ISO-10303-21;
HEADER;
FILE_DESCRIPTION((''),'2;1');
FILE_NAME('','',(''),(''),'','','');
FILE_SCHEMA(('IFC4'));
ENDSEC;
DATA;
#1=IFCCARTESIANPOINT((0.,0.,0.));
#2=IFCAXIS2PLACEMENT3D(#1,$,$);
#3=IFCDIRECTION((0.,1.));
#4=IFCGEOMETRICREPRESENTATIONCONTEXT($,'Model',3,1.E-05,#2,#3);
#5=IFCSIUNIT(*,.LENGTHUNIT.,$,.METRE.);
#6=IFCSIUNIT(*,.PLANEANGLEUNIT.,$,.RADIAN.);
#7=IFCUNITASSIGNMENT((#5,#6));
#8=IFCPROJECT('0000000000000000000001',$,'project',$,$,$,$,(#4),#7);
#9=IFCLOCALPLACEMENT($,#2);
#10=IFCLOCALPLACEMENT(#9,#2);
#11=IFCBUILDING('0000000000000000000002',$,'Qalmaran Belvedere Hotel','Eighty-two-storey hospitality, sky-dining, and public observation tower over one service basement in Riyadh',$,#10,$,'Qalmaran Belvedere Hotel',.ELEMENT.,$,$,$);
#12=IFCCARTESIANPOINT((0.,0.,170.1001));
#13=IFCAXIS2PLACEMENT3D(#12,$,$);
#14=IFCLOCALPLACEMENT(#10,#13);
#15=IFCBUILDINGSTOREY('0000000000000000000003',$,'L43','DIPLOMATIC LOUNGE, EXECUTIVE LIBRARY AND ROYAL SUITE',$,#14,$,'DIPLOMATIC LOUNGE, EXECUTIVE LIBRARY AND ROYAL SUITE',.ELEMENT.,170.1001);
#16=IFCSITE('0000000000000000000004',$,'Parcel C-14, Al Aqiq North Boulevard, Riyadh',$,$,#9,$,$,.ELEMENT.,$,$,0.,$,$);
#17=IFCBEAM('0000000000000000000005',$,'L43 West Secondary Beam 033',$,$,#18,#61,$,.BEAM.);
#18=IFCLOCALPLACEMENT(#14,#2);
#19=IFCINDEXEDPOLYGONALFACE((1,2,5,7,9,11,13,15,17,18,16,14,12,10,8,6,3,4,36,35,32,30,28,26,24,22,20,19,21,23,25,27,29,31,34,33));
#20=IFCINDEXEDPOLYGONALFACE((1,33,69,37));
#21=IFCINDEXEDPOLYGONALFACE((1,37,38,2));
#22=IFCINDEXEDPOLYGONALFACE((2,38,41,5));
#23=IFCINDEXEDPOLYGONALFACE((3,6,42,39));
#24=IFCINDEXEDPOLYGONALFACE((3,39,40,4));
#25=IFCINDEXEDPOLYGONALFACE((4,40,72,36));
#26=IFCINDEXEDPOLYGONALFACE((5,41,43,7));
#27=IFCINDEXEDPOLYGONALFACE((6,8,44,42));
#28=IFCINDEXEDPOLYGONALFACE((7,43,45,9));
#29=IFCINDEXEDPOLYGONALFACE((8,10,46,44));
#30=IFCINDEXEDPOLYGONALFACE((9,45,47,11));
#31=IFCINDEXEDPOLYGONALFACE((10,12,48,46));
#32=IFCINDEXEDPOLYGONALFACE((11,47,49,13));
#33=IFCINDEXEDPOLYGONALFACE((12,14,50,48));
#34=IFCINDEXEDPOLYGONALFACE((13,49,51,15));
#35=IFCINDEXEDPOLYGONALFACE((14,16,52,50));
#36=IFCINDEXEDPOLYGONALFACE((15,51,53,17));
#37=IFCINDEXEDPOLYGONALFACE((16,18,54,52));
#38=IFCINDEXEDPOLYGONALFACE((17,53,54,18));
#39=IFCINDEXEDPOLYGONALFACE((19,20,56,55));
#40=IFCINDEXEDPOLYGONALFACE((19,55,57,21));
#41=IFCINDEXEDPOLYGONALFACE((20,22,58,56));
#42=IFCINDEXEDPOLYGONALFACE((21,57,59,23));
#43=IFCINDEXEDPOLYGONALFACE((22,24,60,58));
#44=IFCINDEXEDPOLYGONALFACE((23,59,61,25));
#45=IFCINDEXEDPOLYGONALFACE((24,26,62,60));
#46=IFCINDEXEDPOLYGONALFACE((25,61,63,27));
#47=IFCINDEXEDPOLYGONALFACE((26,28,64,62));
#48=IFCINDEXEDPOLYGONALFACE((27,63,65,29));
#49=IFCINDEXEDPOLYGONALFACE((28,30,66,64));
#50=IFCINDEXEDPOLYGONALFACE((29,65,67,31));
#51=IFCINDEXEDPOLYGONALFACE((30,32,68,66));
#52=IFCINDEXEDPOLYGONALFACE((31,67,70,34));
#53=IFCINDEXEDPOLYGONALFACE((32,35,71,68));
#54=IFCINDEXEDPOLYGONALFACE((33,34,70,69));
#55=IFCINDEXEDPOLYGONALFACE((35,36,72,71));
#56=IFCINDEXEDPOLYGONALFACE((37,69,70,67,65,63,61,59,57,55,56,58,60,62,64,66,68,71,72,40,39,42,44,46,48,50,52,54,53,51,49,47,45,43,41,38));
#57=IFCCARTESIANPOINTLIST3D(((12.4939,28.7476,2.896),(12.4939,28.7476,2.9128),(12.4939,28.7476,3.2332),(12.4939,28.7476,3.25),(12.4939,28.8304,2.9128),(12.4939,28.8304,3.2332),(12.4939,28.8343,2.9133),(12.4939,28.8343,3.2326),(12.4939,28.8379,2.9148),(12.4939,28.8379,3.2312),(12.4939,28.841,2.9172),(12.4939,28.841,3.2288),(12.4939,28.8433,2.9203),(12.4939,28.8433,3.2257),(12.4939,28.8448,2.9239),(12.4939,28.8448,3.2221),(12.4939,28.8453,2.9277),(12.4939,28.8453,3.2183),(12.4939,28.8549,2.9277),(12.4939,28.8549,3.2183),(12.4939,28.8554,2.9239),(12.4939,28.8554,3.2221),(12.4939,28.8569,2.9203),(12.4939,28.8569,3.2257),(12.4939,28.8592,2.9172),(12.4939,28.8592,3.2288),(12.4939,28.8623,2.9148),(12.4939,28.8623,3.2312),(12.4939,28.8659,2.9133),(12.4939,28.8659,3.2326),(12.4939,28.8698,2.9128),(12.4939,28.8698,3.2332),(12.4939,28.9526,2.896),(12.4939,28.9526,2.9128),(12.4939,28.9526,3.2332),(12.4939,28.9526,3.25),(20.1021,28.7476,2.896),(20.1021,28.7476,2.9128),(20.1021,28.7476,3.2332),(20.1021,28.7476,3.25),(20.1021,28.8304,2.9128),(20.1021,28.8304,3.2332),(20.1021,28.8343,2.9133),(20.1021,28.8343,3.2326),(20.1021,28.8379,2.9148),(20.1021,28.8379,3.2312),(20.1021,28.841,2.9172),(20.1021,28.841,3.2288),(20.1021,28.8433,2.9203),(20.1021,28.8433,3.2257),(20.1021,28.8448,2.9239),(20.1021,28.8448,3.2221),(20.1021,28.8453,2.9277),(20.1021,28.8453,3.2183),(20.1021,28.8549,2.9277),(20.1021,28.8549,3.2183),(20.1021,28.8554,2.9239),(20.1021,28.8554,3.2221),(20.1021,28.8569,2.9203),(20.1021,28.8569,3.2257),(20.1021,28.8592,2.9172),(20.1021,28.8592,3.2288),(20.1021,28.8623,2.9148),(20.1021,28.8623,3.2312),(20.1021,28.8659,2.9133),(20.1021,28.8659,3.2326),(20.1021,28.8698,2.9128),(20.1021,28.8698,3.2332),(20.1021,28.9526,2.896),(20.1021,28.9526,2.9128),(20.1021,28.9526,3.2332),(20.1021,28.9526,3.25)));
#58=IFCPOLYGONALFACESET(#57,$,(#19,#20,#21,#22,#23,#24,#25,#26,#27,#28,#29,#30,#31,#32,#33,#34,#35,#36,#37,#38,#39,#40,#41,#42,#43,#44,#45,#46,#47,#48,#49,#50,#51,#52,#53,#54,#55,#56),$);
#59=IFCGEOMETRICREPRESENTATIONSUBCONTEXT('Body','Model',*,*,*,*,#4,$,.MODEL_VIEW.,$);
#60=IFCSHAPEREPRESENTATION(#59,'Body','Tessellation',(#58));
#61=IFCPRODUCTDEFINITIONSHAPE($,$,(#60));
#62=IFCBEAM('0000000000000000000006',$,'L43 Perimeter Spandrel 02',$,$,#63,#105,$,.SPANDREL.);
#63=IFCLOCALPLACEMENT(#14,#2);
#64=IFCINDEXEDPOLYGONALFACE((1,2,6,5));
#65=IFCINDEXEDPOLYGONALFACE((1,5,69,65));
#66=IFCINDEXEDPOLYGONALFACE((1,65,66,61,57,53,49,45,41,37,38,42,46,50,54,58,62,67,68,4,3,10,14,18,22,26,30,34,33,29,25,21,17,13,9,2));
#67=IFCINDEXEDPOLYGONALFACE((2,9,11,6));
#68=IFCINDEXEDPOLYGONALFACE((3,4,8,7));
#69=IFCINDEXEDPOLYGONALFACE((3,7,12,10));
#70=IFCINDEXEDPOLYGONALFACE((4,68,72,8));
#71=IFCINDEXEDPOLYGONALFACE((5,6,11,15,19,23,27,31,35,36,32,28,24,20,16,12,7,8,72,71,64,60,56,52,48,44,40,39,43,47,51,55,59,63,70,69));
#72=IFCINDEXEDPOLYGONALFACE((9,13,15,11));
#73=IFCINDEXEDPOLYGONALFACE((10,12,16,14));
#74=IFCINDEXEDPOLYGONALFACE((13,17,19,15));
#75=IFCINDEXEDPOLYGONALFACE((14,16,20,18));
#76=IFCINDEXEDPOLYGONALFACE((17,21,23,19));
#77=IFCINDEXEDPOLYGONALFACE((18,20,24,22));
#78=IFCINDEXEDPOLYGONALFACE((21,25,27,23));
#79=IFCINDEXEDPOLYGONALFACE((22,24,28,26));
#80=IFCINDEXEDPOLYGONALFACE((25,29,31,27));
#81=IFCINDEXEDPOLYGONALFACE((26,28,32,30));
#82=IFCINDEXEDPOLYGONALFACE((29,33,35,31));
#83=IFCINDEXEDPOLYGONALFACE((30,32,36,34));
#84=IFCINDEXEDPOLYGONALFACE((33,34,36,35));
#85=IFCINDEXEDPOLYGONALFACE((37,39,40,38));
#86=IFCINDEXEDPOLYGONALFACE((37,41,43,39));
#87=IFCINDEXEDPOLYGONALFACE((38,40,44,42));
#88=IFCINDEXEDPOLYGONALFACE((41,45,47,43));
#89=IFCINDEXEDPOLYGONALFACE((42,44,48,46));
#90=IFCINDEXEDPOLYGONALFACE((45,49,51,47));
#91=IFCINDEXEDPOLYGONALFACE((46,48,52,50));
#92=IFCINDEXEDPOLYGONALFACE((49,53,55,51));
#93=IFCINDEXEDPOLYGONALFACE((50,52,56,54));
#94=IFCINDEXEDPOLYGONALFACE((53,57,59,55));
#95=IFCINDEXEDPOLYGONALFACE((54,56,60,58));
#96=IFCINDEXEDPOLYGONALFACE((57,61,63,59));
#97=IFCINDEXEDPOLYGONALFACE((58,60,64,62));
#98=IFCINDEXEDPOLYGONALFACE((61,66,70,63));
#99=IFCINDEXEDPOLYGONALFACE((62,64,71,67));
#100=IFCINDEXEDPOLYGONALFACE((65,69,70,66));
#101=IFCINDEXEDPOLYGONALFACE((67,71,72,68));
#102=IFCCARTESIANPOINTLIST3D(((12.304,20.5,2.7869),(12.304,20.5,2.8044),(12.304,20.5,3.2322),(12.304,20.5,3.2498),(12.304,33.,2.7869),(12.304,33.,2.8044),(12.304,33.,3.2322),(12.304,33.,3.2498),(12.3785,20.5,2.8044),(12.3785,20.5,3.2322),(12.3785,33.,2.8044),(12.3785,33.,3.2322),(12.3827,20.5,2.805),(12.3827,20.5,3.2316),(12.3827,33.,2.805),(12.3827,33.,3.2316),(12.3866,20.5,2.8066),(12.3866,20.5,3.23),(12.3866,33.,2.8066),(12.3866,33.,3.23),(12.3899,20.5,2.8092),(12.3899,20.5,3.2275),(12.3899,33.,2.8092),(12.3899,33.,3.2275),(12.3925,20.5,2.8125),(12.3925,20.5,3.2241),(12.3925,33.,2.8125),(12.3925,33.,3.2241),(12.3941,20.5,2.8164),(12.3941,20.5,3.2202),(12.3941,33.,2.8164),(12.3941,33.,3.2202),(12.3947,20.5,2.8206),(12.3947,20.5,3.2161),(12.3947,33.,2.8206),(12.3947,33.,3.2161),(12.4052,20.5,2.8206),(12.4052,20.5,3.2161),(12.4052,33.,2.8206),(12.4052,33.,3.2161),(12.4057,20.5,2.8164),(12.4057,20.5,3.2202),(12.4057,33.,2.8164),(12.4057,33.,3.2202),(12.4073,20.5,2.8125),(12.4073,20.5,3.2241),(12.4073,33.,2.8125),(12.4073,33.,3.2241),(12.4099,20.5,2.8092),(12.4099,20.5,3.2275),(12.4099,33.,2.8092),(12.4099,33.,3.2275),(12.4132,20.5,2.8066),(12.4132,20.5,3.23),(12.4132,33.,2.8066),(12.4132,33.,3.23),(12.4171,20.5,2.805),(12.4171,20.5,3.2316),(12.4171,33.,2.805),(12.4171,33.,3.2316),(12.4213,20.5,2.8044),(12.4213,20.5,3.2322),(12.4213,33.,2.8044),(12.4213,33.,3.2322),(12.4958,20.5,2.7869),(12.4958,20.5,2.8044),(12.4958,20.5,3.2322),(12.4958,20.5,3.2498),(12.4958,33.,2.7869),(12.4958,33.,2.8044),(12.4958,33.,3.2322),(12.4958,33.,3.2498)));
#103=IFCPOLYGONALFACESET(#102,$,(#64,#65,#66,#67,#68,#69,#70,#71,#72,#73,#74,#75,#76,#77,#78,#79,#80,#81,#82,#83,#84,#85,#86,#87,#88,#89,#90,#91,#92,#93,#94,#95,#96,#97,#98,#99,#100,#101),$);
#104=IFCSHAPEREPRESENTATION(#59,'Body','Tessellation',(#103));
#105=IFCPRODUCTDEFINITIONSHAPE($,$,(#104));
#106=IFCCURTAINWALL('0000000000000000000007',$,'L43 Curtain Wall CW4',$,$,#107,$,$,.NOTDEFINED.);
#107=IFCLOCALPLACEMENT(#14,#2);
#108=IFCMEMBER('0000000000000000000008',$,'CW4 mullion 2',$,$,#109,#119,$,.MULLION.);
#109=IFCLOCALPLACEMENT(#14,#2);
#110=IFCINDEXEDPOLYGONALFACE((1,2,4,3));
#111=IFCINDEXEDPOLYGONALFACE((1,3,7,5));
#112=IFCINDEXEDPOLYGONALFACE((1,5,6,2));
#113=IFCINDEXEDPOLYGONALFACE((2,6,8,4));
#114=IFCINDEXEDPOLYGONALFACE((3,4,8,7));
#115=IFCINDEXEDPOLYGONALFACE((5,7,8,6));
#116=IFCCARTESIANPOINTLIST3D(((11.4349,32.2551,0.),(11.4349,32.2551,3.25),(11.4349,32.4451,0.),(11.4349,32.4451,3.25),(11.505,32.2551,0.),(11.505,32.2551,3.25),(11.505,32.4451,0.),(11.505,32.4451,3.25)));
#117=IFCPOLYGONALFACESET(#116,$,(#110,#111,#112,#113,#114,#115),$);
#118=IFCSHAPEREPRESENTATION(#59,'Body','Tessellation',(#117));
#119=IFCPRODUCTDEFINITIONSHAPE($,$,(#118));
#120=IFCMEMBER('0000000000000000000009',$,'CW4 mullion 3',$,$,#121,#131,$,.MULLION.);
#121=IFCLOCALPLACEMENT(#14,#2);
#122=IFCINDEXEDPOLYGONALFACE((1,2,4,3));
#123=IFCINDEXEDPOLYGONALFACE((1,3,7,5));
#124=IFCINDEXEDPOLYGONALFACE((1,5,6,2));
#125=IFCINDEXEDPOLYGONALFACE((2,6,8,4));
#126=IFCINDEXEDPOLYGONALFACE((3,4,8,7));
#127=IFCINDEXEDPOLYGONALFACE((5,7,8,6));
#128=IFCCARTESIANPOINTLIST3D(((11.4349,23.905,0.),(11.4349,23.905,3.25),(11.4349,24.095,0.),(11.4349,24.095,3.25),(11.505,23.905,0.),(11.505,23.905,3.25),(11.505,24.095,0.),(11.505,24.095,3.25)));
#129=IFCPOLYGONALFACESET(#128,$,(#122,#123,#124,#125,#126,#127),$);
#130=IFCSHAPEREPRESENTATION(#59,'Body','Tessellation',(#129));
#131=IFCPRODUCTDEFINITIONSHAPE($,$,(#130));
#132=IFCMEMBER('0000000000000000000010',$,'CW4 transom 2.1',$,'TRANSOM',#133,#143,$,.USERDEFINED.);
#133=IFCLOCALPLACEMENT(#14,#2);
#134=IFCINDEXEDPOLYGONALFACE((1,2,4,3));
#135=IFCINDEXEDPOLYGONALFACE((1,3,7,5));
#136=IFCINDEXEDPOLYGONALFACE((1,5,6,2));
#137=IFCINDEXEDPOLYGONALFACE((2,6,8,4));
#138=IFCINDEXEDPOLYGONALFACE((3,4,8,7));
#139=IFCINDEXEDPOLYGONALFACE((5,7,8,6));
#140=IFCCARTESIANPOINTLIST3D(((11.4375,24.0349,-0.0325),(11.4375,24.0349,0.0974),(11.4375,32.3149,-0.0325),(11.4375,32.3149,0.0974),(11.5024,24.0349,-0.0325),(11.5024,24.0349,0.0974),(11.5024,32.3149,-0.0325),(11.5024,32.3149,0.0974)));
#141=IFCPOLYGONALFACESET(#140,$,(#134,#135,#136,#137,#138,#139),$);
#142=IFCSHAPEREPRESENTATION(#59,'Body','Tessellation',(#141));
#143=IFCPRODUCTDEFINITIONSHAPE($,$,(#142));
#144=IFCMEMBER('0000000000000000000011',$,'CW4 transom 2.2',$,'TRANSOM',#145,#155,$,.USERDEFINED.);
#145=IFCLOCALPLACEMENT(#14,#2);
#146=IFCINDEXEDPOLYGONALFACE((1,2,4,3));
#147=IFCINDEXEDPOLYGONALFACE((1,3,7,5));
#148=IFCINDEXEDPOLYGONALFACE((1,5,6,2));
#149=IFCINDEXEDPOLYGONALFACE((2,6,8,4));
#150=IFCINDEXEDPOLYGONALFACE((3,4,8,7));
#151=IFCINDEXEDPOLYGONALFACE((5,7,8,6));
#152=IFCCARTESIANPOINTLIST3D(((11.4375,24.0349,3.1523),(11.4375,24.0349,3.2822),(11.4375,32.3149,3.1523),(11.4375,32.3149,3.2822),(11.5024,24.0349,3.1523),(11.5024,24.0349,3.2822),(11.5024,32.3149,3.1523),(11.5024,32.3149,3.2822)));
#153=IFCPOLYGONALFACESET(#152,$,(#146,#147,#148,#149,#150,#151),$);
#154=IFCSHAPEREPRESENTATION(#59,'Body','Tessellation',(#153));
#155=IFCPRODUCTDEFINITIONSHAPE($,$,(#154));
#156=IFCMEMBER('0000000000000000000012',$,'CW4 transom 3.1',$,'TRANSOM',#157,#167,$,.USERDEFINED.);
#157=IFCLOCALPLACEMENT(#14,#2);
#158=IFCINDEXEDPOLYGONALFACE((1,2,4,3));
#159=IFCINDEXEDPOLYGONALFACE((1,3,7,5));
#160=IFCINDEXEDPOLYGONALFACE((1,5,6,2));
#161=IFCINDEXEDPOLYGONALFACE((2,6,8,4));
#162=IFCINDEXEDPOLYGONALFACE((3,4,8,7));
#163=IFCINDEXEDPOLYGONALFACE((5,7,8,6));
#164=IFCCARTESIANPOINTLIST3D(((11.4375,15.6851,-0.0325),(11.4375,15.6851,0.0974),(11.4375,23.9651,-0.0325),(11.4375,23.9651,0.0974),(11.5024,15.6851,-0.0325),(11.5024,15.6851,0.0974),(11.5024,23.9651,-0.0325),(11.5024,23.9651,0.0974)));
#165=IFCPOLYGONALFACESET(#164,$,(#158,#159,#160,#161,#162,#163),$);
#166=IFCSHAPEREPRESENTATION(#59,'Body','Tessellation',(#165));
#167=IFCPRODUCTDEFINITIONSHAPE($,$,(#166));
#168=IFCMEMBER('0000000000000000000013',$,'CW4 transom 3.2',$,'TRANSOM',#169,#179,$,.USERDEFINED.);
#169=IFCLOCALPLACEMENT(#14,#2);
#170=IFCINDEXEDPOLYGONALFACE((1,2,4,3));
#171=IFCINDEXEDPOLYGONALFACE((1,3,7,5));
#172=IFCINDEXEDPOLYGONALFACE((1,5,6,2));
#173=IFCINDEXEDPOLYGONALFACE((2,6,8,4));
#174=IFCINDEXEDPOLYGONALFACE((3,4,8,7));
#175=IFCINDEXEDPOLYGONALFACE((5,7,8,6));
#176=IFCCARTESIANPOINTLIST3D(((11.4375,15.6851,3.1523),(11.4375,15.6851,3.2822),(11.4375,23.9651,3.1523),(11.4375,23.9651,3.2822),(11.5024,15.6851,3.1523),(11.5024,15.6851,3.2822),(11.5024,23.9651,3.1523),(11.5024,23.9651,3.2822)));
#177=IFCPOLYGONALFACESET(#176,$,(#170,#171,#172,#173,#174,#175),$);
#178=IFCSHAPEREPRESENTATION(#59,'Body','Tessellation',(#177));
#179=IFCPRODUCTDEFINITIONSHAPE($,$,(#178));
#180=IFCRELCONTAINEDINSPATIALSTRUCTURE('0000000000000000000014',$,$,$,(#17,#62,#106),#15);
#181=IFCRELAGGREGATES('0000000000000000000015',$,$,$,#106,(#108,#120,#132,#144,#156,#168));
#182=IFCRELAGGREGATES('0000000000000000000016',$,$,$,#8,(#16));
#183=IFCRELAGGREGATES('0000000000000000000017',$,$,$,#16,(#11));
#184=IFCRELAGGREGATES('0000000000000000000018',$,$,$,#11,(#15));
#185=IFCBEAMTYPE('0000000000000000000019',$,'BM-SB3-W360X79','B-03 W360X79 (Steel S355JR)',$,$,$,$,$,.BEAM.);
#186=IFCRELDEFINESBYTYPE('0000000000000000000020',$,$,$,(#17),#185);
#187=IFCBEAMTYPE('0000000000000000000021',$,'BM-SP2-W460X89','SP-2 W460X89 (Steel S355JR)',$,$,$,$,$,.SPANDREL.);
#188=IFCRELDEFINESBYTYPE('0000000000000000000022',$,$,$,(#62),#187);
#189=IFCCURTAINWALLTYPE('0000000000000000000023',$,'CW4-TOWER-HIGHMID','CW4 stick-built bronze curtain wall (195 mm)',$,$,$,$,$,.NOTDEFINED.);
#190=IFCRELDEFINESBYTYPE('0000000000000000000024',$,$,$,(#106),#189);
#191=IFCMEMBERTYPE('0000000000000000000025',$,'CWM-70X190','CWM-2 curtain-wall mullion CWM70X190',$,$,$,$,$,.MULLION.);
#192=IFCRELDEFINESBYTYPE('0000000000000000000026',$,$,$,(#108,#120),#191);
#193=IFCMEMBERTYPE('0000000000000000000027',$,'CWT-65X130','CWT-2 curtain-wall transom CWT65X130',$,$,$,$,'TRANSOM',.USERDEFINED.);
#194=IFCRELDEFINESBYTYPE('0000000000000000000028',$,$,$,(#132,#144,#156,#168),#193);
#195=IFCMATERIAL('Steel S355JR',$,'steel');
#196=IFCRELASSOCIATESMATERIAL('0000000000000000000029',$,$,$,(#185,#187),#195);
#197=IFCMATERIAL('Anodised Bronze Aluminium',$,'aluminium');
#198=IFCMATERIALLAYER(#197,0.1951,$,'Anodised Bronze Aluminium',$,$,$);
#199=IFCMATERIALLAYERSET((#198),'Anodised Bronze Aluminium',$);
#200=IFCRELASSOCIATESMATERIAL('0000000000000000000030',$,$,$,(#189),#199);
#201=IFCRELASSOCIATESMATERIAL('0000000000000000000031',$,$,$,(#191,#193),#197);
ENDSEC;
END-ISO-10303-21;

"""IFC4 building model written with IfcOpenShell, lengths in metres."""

from ifc_helpers import new_model, si_unit, direction, frame, origin, origin_2d, place, context, subcontext, project, spatial, rectangle, i_section, extrude, material, layer, layer_set, material_profile, profile_set, type_object, element, aggregate, save


model = new_model("IFC4")

# Units and contexts
model_context = context("Model", 3, precision=1e-05, world=origin(), true_north=direction((0.0, 1.0)))
body_context = subcontext(model_context, "Body", "Model", "MODEL_VIEW")
ifc_project = project(units=[si_unit("LENGTHUNIT", "METRE"), si_unit("PLANEANGLEUNIT", "RADIAN")], contexts=[model_context])

# Site, building, storey
site_placement = place(None, origin())
site = spatial("IfcSite", under=ifc_project, at=site_placement, Name="Parcel C-14, Al Aqiq North Boulevard, Riyadh", CompositionType="ELEMENT", RefElevation=0.0)
building_placement = place(site_placement, origin())
building = spatial("IfcBuilding", under=site, at=building_placement, Name="Qalmaran Belvedere Hotel", Description="Eighty-two-storey hospitality, sky-dining, and public observation tower over one service basement in Riyadh", LongName="Qalmaran Belvedere Hotel", CompositionType="ELEMENT")
storey_placement = place(building_placement, frame((0.0, 0.0, 170.1001)))
storey = spatial("IfcBuildingStorey", under=building, at=storey_placement, Name="L43", Description="DIPLOMATIC LOUNGE, EXECUTIVE LIBRARY AND ROYAL SUITE", LongName="DIPLOMATIC LOUNGE, EXECUTIVE LIBRARY AND ROYAL SUITE", CompositionType="ELEMENT", Elevation=170.1001)

# Beams
ifc_material_1 = material(Name="Steel S355JR", Category="steel")
ifc_material_profile_1 = material_profile(ifc_material_1, i_section(OverallWidth=0.2051, OverallDepth=0.354, WebThickness=0.0095, FlangeThickness=0.0168, FilletRadius=0.0149, at=origin_2d()), Name="W360X79")
ifc_profile_set_1 = profile_set([ifc_material_profile_1], Name="Steel S355JR")
beam_type_1 = type_object("IfcBeamType", Name="BM-SB3-W360X79", Description="B-03 W360X79 (Steel S355JR)", PredefinedType="BEAM", material=ifc_profile_set_1)
for number, where, z_axis, x_axis, name in (
    (1, (12.4939, 28.8501, 3.073), (1.0, 0.0, 0.0), (0.0, 1.0, 0.0), "L43 West Secondary Beam 033"),
):
    element("IfcBeam", number, at=place(storey_placement, frame(where, z_axis=z_axis, x_axis=x_axis)), inside=storey, type_object=beam_type_1, Name=name, PredefinedType="BEAM", context=body_context, shape_type="SweptSolid", body=[
        extrude(i_section(OverallWidth=0.2051, OverallDepth=0.354, WebThickness=0.0095, FlangeThickness=0.0168, FilletRadius=0.0149, at=origin_2d()), origin(), (0.0, 0.0, 1.0), 7.6082),
    ])
ifc_material_profile_2 = material_profile(ifc_material_1, i_section(OverallWidth=0.1919, OverallDepth=0.4629, WebThickness=0.0105, FlangeThickness=0.0176, FilletRadius=0.0161, at=origin_2d()), Name="W460X89")
ifc_profile_set_2 = profile_set([ifc_material_profile_2], Name="Steel S355JR")
beam_type_2 = type_object("IfcBeamType", Name="BM-SP2-W460X89", Description="SP-2 W460X89 (Steel S355JR)", PredefinedType="SPANDREL", material=ifc_profile_set_2)
beam_placement = place(storey_placement, frame((12.3999, 20.5, 3.0183), z_axis=(0.0, 1.0, 0.0), x_axis=(-1.0, 0.0, 0.0)))
element("IfcBeam", 2, at=beam_placement, inside=storey, type_object=beam_type_2, Name="L43 Perimeter Spandrel 02", PredefinedType="SPANDREL", context=body_context, shape_type="SweptSolid", body=[
    extrude(i_section(OverallWidth=0.1919, OverallDepth=0.4629, WebThickness=0.0105, FlangeThickness=0.0176, FilletRadius=0.0161, at=origin_2d()), origin(), (0.0, 0.0, 1.0), 12.5),
])

# Curtain wall, members
ifc_material_2 = material(Name="Anodised Bronze Aluminium", Category="aluminium")
ifc_layer_1 = layer(ifc_material_2, 0.1951, Name="Anodised Bronze Aluminium")
ifc_layer_set_1 = layer_set([ifc_layer_1], Name="Anodised Bronze Aluminium")
curtain_wall_type = type_object("IfcCurtainWallType", Name="CW4-TOWER-HIGHMID", Description="CW4 stick-built bronze curtain wall (195 mm)", PredefinedType="NOTDEFINED", material=ifc_layer_set_1)
curtain_wall_placement = place(storey_placement, origin())
curtain_wall = element("IfcCurtainWall", 3, at=curtain_wall_placement, inside=storey, type_object=curtain_wall_type, Name="L43 Curtain Wall CW4", PredefinedType="NOTDEFINED")
ifc_material_profile_3 = material_profile(ifc_material_2, rectangle(XDim=0.0701, YDim=0.1899, at=origin_2d()), Name="CWM70X190")
ifc_profile_set_3 = profile_set([ifc_material_profile_3], Name="Anodised Bronze Aluminium")
member_type_1 = type_object("IfcMemberType", Name="CWM-70X190", Description="CWM-2 curtain-wall mullion CWM70X190", PredefinedType="MULLION", material=ifc_profile_set_3)
member_1_placement = place(storey_placement, frame((11.47, 32.3501, 0.0), z_axis=(0.0, 0.0, 1.0), x_axis=(1.0, 0.0, 0.0)))
member_1 = element("IfcMember", 4, at=member_1_placement, type_object=member_type_1, Name="CW4 mullion 2", PredefinedType="MULLION", context=body_context, shape_type="SweptSolid", body=[
    extrude(rectangle(XDim=0.0701, YDim=0.1899, at=origin_2d()), origin(), (0.0, 0.0, 1.0), 3.25),
])
member_2_placement = place(storey_placement, frame((11.47, 24.0, 0.0), z_axis=(0.0, 0.0, 1.0), x_axis=(1.0, 0.0, 0.0)))
member_2 = element("IfcMember", 5, at=member_2_placement, type_object=member_type_1, Name="CW4 mullion 3", PredefinedType="MULLION", context=body_context, shape_type="SweptSolid", body=[
    extrude(rectangle(XDim=0.0701, YDim=0.1899, at=origin_2d()), origin(), (0.0, 0.0, 1.0), 3.25),
])
ifc_material_profile_4 = material_profile(ifc_material_2, rectangle(XDim=0.0649, YDim=0.1299, at=origin_2d()), Name="CWT65X130")
ifc_profile_set_4 = profile_set([ifc_material_profile_4], Name="Anodised Bronze Aluminium")
member_type_2 = type_object("IfcMemberType", Name="CWT-65X130", Description="CWT-2 curtain-wall transom CWT65X130", ElementType="TRANSOM", PredefinedType="USERDEFINED", material=ifc_profile_set_4)
member_3_placement = place(storey_placement, frame((11.47, 32.3149, 0.0325), z_axis=(0.0, -1.0, 0.0), x_axis=(1.0, 0.0, 0.0)))
member_3 = element("IfcMember", 6, at=member_3_placement, type_object=member_type_2, Name="CW4 transom 2.1", ObjectType="TRANSOM", PredefinedType="USERDEFINED", context=body_context, shape_type="SweptSolid", body=[
    extrude(rectangle(XDim=0.0649, YDim=0.1299, at=origin_2d()), origin(), (0.0, 0.0, 1.0), 8.28),
])
member_4_placement = place(storey_placement, frame((11.47, 32.3149, 3.2173), z_axis=(0.0, -1.0, 0.0), x_axis=(1.0, 0.0, 0.0)))
member_4 = element("IfcMember", 7, at=member_4_placement, type_object=member_type_2, Name="CW4 transom 2.2", ObjectType="TRANSOM", PredefinedType="USERDEFINED", context=body_context, shape_type="SweptSolid", body=[
    extrude(rectangle(XDim=0.0649, YDim=0.1299, at=origin_2d()), origin(), (0.0, 0.0, 1.0), 8.28),
])
member_5_placement = place(storey_placement, frame((11.47, 23.9651, 0.0325), z_axis=(0.0, -1.0, 0.0), x_axis=(1.0, 0.0, 0.0)))
member_5 = element("IfcMember", 8, at=member_5_placement, type_object=member_type_2, Name="CW4 transom 3.1", ObjectType="TRANSOM", PredefinedType="USERDEFINED", context=body_context, shape_type="SweptSolid", body=[
    extrude(rectangle(XDim=0.0649, YDim=0.1299, at=origin_2d()), origin(), (0.0, 0.0, 1.0), 8.28),
])
member_6_placement = place(storey_placement, frame((11.47, 23.9651, 3.2173), z_axis=(0.0, -1.0, 0.0), x_axis=(1.0, 0.0, 0.0)))
member_6 = element("IfcMember", 9, at=member_6_placement, type_object=member_type_2, Name="CW4 transom 3.2", ObjectType="TRANSOM", PredefinedType="USERDEFINED", context=body_context, shape_type="SweptSolid", body=[
    extrude(rectangle(XDim=0.0649, YDim=0.1299, at=origin_2d()), origin(), (0.0, 0.0, 1.0), 8.28),
])
aggregate(curtain_wall, [member_1, member_2, member_3, member_4, member_5, member_6])

save(model, "model.ifc")
